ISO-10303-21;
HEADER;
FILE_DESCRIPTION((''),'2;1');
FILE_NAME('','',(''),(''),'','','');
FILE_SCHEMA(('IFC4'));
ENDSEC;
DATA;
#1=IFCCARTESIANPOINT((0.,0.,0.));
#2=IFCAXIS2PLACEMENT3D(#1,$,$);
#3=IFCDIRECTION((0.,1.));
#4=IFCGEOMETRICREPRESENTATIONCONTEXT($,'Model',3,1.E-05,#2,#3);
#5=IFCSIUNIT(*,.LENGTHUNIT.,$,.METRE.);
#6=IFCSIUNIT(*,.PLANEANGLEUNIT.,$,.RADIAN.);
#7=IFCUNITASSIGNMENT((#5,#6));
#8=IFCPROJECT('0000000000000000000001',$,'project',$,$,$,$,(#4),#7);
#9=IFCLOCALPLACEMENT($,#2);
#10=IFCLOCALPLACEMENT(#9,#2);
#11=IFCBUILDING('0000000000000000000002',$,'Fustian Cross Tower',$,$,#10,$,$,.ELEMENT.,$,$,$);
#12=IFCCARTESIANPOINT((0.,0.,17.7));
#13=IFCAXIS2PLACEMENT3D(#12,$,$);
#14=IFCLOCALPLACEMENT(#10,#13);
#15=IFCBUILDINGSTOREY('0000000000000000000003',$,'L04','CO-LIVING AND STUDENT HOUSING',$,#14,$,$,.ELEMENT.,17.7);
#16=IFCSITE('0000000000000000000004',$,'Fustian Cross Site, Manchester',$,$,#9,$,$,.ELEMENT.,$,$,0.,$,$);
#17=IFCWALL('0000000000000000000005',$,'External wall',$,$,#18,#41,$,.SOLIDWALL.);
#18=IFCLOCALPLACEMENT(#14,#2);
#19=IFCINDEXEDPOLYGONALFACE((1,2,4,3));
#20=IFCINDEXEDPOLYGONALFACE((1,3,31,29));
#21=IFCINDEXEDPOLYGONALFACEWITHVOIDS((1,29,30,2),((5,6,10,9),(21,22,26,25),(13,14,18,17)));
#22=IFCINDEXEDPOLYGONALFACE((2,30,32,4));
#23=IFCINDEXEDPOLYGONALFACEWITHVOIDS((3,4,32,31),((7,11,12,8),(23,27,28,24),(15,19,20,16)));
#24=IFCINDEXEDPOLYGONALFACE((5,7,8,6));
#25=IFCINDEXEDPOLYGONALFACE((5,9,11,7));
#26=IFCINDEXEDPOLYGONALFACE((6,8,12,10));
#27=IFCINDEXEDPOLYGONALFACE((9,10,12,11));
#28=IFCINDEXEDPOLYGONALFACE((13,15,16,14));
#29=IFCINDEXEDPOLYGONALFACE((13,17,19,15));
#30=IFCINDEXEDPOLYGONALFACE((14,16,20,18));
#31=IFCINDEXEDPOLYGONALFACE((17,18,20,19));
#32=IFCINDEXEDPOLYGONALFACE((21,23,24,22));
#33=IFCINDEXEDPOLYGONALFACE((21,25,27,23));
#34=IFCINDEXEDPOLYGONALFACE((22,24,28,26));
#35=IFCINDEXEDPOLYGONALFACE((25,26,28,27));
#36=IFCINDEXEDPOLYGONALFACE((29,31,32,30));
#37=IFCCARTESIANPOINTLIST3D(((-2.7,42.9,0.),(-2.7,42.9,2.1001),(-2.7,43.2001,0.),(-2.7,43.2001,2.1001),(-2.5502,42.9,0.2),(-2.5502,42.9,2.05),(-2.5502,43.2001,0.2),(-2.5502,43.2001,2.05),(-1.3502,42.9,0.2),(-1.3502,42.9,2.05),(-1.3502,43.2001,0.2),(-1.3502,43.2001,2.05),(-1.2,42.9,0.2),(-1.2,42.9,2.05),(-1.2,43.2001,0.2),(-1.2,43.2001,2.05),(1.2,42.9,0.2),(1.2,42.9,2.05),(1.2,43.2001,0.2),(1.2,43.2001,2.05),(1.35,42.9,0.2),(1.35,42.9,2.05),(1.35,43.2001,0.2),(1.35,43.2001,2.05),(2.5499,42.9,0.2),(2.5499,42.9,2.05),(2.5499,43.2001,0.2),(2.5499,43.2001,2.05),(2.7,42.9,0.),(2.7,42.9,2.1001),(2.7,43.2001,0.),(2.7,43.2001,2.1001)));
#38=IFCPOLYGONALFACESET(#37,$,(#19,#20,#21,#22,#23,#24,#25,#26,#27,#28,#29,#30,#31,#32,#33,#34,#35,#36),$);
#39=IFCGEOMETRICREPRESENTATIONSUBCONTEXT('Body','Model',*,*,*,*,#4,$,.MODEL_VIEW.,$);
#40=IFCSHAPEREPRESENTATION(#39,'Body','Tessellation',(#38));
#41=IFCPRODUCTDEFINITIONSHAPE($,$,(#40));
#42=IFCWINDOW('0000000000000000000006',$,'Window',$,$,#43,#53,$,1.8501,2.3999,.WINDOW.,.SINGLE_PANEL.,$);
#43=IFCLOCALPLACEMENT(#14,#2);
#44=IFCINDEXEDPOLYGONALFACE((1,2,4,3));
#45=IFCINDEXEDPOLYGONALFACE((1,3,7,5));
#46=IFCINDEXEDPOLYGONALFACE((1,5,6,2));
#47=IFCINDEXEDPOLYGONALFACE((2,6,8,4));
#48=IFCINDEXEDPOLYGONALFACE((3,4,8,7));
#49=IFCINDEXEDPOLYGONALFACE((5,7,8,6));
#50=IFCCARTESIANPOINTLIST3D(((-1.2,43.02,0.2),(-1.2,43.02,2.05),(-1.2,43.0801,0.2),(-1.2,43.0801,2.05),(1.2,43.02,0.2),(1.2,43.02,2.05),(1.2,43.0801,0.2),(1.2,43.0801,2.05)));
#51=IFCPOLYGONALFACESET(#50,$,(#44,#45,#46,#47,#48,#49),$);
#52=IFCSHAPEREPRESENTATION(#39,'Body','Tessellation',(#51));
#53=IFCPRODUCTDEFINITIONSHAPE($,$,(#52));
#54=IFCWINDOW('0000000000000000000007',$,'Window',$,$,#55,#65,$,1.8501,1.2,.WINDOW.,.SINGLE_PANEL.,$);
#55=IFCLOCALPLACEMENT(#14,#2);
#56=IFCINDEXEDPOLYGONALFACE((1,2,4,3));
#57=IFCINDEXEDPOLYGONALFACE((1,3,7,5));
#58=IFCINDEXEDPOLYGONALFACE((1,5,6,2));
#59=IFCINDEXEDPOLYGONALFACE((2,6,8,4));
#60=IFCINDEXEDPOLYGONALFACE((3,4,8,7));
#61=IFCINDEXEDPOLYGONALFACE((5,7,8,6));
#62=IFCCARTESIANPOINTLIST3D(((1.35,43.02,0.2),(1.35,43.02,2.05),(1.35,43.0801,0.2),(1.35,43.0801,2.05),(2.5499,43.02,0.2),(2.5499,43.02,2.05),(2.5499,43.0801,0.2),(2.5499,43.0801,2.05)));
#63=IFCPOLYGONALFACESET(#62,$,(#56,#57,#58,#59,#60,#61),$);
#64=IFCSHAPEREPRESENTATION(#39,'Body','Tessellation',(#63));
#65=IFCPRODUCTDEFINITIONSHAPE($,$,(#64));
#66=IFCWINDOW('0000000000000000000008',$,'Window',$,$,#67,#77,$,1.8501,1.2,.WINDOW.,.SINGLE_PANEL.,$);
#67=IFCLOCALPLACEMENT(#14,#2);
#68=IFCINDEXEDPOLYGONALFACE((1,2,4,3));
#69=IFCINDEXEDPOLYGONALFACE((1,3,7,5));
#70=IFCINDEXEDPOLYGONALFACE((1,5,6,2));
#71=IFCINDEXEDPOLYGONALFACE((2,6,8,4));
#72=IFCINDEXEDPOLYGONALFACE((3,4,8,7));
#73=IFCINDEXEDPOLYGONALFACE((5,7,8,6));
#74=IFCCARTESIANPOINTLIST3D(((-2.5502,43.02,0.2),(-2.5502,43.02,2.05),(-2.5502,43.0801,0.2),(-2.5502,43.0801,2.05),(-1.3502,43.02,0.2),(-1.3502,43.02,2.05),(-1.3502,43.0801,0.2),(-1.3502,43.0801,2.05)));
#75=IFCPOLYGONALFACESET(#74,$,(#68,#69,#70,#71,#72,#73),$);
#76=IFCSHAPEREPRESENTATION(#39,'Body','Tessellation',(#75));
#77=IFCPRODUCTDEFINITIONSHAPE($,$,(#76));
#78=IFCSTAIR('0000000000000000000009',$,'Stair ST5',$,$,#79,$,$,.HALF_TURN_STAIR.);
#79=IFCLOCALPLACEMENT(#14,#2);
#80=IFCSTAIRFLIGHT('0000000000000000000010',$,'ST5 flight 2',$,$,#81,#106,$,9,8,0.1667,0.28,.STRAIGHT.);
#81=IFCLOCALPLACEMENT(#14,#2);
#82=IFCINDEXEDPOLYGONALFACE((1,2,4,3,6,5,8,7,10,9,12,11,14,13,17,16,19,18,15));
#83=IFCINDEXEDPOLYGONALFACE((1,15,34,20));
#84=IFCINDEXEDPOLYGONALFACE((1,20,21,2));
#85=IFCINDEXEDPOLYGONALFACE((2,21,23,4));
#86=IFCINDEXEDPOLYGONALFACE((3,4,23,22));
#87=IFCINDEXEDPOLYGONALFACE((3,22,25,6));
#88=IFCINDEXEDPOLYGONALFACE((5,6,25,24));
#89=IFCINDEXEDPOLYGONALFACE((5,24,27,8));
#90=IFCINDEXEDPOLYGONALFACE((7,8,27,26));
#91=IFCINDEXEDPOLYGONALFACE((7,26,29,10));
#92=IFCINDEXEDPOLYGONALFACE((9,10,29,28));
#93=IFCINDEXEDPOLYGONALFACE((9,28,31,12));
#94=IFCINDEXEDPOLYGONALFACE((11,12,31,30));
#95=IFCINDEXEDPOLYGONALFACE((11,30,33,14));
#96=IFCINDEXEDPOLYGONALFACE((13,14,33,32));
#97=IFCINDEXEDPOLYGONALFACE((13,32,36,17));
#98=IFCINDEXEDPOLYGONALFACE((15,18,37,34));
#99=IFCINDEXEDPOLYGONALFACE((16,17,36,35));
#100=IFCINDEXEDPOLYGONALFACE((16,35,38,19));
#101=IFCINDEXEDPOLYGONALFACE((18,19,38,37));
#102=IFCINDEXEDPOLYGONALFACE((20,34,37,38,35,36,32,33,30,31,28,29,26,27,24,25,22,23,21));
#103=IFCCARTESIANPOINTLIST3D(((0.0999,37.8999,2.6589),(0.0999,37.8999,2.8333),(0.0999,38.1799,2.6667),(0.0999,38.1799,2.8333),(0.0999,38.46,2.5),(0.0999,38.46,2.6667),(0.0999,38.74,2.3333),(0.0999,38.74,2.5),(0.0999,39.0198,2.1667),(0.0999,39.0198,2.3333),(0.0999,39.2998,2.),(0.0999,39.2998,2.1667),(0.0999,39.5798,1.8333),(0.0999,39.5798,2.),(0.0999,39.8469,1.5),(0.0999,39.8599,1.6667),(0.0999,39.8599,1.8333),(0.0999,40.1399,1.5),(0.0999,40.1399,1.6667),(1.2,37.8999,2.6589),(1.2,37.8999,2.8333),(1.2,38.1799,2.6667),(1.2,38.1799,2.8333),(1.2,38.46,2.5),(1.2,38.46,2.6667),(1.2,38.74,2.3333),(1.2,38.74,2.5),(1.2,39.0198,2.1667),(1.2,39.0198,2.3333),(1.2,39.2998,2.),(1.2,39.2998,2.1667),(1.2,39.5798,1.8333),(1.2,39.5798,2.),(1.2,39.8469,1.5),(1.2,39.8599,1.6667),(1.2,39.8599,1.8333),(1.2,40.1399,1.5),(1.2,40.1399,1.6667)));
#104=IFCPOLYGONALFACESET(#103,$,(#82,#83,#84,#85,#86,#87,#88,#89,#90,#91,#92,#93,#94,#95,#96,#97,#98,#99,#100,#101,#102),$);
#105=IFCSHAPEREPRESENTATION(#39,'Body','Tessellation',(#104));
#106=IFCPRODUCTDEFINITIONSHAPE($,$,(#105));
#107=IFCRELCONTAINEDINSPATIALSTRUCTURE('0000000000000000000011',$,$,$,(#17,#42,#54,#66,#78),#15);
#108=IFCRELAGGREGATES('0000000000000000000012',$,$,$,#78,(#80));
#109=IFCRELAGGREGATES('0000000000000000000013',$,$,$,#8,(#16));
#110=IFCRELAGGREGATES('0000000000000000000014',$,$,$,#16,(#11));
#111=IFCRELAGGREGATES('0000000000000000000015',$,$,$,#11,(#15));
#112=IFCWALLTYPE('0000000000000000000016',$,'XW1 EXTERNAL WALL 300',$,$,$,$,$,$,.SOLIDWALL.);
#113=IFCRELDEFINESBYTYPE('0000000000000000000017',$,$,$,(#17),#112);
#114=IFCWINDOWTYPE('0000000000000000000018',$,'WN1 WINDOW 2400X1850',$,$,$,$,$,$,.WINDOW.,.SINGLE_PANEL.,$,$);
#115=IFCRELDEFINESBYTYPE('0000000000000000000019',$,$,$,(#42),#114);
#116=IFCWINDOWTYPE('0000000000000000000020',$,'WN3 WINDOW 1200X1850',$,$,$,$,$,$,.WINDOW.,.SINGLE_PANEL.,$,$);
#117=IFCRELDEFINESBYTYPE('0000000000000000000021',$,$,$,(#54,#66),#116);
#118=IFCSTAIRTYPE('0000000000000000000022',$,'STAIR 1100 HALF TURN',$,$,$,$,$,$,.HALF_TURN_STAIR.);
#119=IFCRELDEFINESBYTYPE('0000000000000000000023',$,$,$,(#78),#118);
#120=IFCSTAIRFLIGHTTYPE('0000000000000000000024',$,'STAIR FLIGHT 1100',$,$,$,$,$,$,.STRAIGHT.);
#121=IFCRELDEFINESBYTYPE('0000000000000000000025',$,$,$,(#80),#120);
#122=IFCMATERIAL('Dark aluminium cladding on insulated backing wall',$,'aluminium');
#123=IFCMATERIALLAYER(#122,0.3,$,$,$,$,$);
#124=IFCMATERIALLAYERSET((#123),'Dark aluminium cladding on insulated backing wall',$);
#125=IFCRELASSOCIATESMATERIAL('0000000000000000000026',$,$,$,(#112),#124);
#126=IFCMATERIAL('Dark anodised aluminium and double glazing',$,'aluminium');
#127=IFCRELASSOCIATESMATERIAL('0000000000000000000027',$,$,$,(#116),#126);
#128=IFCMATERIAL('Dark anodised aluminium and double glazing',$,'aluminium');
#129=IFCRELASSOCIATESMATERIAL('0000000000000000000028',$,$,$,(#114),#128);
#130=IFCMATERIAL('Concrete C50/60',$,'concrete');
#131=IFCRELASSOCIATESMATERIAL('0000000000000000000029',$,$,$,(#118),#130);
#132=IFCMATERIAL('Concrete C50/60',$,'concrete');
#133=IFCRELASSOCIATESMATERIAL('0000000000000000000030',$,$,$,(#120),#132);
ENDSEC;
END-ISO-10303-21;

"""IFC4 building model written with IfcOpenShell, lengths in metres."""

from ifc_helpers import new_model, si_unit, direction, frame, frame_2d, origin, place, context, subcontext, project, spatial, polyline, rectangle, outline, extrude, material, layer, layer_set, type_object, element, fill, aggregate, save


model = new_model("IFC4")

# Units and contexts
model_context = context("Model", 3, precision=1e-05, world=origin(), true_north=direction((0.0, 1.0)))
body_context = subcontext(model_context, "Body", "Model", "MODEL_VIEW")
ifc_project = project(units=[si_unit("LENGTHUNIT", "METRE"), si_unit("PLANEANGLEUNIT", "RADIAN")], contexts=[model_context])

# Site, building, storey
site_placement = place(None, origin())
site = spatial("IfcSite", under=ifc_project, at=site_placement, Name="Fustian Cross Site, Manchester", CompositionType="ELEMENT", RefElevation=0.0)
building_placement = place(site_placement, origin())
building = spatial("IfcBuilding", under=site, at=building_placement, Name="Fustian Cross Tower", CompositionType="ELEMENT")
storey_placement = place(building_placement, frame((0.0, 0.0, 17.7)))
storey = spatial("IfcBuildingStorey", under=building, at=storey_placement, Name="L04", Description="CO-LIVING AND STUDENT HOUSING", CompositionType="ELEMENT", Elevation=17.7)

# Shared definitions
ifc_material_1 = material(Name="Dark aluminium cladding on insulated backing wall", Category="aluminium")
ifc_layer_1 = layer(ifc_material_1, 0.3)
ifc_layer_set_1 = layer_set([ifc_layer_1], Name="Dark aluminium cladding on insulated backing wall")
wall_type_1 = type_object("IfcWallType", Name="XW1 EXTERNAL WALL 300", PredefinedType="SOLIDWALL", material=ifc_layer_set_1)
ifc_material_2 = material(Name="Dark anodised aluminium and double glazing", Category="aluminium")
window_type_1 = type_object("IfcWindowType", Name="WN3 WINDOW 1200X1850", PartitioningType="SINGLE_PANEL", PredefinedType="WINDOW", material=ifc_material_2)

# Wall, openings, windows
wall_1_placement = place(storey_placement, frame((2.7, 43.05, 0.0), z_axis=(0.0, 0.0, 1.0), x_axis=(-1.0, 0.0, 0.0)))
wall_1 = element("IfcWall", 1, at=wall_1_placement, inside=storey, type_object=wall_type_1, Name="External wall", PredefinedType="SOLIDWALL", context=body_context, shape_type="SweptSolid", body=[
    extrude(rectangle(XDim=5.3999, YDim=0.3, at=frame_2d((2.7, 0.0))), origin(), (0.0, 0.0, 1.0), 2.1001),
])
opening_1_placement = place(wall_1_placement, frame((1.5, 0.0, 0.2)))
opening_1 = element("IfcOpeningElement", 2, at=opening_1_placement, cuts=wall_1, PredefinedType="OPENING", context=body_context, shape_type="SweptSolid", body=[
    extrude(rectangle(XDim=2.3999, YDim=1.8501, at=frame_2d((1.2, 0.925))), frame((0.0, 0.1599, 0.0), z_axis=(0.0, -1.0, 0.0), x_axis=(1.0, 0.0, 0.0)), (0.0, 0.0, 1.0), 0.3201),
])
opening_2_placement = place(wall_1_placement, frame((0.1499, 0.0, 0.2)))
opening_2 = element("IfcOpeningElement", 3, at=opening_2_placement, cuts=wall_1, PredefinedType="OPENING", context=body_context, shape_type="SweptSolid", body=[
    extrude(rectangle(XDim=1.2, YDim=1.8501, at=frame_2d((0.6001, 0.925))), frame((0.0, 0.1599, 0.0), z_axis=(0.0, -1.0, 0.0), x_axis=(1.0, 0.0, 0.0)), (0.0, 0.0, 1.0), 0.3201),
])
opening_3_placement = place(wall_1_placement, frame((4.05, 0.0, 0.2)))
opening_3 = element("IfcOpeningElement", 4, at=opening_3_placement, cuts=wall_1, PredefinedType="OPENING", context=body_context, shape_type="SweptSolid", body=[
    extrude(rectangle(XDim=1.2, YDim=1.8501, at=frame_2d((0.6001, 0.925))), frame((0.0, 0.1599, 0.0), z_axis=(0.0, -1.0, 0.0), x_axis=(1.0, 0.0, 0.0)), (0.0, 0.0, 1.0), 0.3201),
])
ifc_material_3 = material(Name="Dark anodised aluminium and double glazing", Category="aluminium")
window_type_2 = type_object("IfcWindowType", Name="WN1 WINDOW 2400X1850", PartitioningType="SINGLE_PANEL", PredefinedType="WINDOW", material=ifc_material_3)
window_1_placement = place(opening_1_placement, origin())
window_1 = element("IfcWindow", 5, at=window_1_placement, inside=storey, type_object=window_type_2, Name="Window", OverallHeight=1.8501, OverallWidth=2.3999, PartitioningType="SINGLE_PANEL", PredefinedType="WINDOW", context=body_context, shape_type="SweptSolid", body=[
    extrude(rectangle(XDim=2.3999, YDim=1.8501, at=frame_2d((1.2, 0.925))), frame((0.0, 0.03, 0.0), z_axis=(0.0, -1.0, 0.0), x_axis=(1.0, 0.0, 0.0)), (0.0, 0.0, 1.0), 0.0601),
])
fill(opening_1, window_1)
window_2_placement = place(opening_2_placement, origin())
window_2 = element("IfcWindow", 6, at=window_2_placement, inside=storey, type_object=window_type_1, Name="Window", OverallHeight=1.8501, OverallWidth=1.2, PartitioningType="SINGLE_PANEL", PredefinedType="WINDOW", context=body_context, shape_type="SweptSolid", body=[
    extrude(rectangle(XDim=1.2, YDim=1.8501, at=frame_2d((0.6001, 0.925))), frame((0.0, 0.03, 0.0), z_axis=(0.0, -1.0, 0.0), x_axis=(1.0, 0.0, 0.0)), (0.0, 0.0, 1.0), 0.0601),
])
fill(opening_2, window_2)
window_3_placement = place(opening_3_placement, origin())
window_3 = element("IfcWindow", 7, at=window_3_placement, inside=storey, type_object=window_type_1, Name="Window", OverallHeight=1.8501, OverallWidth=1.2, PartitioningType="SINGLE_PANEL", PredefinedType="WINDOW", context=body_context, shape_type="SweptSolid", body=[
    extrude(rectangle(XDim=1.2, YDim=1.8501, at=frame_2d((0.6001, 0.925))), frame((0.0, 0.03, 0.0), z_axis=(0.0, -1.0, 0.0), x_axis=(1.0, 0.0, 0.0)), (0.0, 0.0, 1.0), 0.0601),
])
fill(opening_3, window_3)

# Stair, stair flight
ifc_material_4 = material(Name="Concrete C50/60", Category="concrete")
stair_type = type_object("IfcStairType", Name="STAIR 1100 HALF TURN", PredefinedType="HALF_TURN_STAIR", material=ifc_material_4)
stair_placement = place(storey_placement, origin())
stair = element("IfcStair", 8, at=stair_placement, inside=storey, type_object=stair_type, Name="Stair ST5", PredefinedType="HALF_TURN_STAIR")
ifc_material_5 = material(Name="Concrete C50/60", Category="concrete")
stair_flight_type = type_object("IfcStairFlightType", Name="STAIR FLIGHT 1100", PredefinedType="STRAIGHT", material=ifc_material_5)
stair_flight_placement = place(storey_placement, frame((0.6499, 40.1399, 1.5), z_axis=(0.0, 0.0, 1.0), x_axis=(0.0, -1.0, 0.0)))
stair_flight = element("IfcStairFlight", 9, at=stair_flight_placement, type_object=stair_flight_type, Name="ST5 flight 2", NumberOfRisers=9, NumberOfTreads=8, PredefinedType="STRAIGHT", RiserHeight=0.1667, TreadLength=0.28, context=body_context, shape_type="SweptSolid", body=[
    extrude(outline(polyline([(0.0, 0.0), (0.0, 0.1667), (0.28, 0.1667), (0.28, 0.3333), (0.5601, 0.3333), (0.5601, 0.5), (0.8401, 0.5), (0.8401, 0.6667), (1.1201, 0.6667), (1.1201, 0.8333), (1.3999, 0.8333), (1.3999, 1.0), (1.6799, 1.0), (1.6799, 1.1667), (1.96, 1.1667), (1.96, 1.3333), (2.24, 1.3333), (2.24, 1.5), (2.24, 1.1589), (0.293, 0.0), (0.0, 0.0)])), frame((0.0, 0.55, 0.0), z_axis=(0.0, -1.0, 0.0), x_axis=(1.0, 0.0, 0.0)), (0.0, 0.0, 1.0), 1.1001),
])
aggregate(stair, [stair_flight])

save(model, "model.ifc")
